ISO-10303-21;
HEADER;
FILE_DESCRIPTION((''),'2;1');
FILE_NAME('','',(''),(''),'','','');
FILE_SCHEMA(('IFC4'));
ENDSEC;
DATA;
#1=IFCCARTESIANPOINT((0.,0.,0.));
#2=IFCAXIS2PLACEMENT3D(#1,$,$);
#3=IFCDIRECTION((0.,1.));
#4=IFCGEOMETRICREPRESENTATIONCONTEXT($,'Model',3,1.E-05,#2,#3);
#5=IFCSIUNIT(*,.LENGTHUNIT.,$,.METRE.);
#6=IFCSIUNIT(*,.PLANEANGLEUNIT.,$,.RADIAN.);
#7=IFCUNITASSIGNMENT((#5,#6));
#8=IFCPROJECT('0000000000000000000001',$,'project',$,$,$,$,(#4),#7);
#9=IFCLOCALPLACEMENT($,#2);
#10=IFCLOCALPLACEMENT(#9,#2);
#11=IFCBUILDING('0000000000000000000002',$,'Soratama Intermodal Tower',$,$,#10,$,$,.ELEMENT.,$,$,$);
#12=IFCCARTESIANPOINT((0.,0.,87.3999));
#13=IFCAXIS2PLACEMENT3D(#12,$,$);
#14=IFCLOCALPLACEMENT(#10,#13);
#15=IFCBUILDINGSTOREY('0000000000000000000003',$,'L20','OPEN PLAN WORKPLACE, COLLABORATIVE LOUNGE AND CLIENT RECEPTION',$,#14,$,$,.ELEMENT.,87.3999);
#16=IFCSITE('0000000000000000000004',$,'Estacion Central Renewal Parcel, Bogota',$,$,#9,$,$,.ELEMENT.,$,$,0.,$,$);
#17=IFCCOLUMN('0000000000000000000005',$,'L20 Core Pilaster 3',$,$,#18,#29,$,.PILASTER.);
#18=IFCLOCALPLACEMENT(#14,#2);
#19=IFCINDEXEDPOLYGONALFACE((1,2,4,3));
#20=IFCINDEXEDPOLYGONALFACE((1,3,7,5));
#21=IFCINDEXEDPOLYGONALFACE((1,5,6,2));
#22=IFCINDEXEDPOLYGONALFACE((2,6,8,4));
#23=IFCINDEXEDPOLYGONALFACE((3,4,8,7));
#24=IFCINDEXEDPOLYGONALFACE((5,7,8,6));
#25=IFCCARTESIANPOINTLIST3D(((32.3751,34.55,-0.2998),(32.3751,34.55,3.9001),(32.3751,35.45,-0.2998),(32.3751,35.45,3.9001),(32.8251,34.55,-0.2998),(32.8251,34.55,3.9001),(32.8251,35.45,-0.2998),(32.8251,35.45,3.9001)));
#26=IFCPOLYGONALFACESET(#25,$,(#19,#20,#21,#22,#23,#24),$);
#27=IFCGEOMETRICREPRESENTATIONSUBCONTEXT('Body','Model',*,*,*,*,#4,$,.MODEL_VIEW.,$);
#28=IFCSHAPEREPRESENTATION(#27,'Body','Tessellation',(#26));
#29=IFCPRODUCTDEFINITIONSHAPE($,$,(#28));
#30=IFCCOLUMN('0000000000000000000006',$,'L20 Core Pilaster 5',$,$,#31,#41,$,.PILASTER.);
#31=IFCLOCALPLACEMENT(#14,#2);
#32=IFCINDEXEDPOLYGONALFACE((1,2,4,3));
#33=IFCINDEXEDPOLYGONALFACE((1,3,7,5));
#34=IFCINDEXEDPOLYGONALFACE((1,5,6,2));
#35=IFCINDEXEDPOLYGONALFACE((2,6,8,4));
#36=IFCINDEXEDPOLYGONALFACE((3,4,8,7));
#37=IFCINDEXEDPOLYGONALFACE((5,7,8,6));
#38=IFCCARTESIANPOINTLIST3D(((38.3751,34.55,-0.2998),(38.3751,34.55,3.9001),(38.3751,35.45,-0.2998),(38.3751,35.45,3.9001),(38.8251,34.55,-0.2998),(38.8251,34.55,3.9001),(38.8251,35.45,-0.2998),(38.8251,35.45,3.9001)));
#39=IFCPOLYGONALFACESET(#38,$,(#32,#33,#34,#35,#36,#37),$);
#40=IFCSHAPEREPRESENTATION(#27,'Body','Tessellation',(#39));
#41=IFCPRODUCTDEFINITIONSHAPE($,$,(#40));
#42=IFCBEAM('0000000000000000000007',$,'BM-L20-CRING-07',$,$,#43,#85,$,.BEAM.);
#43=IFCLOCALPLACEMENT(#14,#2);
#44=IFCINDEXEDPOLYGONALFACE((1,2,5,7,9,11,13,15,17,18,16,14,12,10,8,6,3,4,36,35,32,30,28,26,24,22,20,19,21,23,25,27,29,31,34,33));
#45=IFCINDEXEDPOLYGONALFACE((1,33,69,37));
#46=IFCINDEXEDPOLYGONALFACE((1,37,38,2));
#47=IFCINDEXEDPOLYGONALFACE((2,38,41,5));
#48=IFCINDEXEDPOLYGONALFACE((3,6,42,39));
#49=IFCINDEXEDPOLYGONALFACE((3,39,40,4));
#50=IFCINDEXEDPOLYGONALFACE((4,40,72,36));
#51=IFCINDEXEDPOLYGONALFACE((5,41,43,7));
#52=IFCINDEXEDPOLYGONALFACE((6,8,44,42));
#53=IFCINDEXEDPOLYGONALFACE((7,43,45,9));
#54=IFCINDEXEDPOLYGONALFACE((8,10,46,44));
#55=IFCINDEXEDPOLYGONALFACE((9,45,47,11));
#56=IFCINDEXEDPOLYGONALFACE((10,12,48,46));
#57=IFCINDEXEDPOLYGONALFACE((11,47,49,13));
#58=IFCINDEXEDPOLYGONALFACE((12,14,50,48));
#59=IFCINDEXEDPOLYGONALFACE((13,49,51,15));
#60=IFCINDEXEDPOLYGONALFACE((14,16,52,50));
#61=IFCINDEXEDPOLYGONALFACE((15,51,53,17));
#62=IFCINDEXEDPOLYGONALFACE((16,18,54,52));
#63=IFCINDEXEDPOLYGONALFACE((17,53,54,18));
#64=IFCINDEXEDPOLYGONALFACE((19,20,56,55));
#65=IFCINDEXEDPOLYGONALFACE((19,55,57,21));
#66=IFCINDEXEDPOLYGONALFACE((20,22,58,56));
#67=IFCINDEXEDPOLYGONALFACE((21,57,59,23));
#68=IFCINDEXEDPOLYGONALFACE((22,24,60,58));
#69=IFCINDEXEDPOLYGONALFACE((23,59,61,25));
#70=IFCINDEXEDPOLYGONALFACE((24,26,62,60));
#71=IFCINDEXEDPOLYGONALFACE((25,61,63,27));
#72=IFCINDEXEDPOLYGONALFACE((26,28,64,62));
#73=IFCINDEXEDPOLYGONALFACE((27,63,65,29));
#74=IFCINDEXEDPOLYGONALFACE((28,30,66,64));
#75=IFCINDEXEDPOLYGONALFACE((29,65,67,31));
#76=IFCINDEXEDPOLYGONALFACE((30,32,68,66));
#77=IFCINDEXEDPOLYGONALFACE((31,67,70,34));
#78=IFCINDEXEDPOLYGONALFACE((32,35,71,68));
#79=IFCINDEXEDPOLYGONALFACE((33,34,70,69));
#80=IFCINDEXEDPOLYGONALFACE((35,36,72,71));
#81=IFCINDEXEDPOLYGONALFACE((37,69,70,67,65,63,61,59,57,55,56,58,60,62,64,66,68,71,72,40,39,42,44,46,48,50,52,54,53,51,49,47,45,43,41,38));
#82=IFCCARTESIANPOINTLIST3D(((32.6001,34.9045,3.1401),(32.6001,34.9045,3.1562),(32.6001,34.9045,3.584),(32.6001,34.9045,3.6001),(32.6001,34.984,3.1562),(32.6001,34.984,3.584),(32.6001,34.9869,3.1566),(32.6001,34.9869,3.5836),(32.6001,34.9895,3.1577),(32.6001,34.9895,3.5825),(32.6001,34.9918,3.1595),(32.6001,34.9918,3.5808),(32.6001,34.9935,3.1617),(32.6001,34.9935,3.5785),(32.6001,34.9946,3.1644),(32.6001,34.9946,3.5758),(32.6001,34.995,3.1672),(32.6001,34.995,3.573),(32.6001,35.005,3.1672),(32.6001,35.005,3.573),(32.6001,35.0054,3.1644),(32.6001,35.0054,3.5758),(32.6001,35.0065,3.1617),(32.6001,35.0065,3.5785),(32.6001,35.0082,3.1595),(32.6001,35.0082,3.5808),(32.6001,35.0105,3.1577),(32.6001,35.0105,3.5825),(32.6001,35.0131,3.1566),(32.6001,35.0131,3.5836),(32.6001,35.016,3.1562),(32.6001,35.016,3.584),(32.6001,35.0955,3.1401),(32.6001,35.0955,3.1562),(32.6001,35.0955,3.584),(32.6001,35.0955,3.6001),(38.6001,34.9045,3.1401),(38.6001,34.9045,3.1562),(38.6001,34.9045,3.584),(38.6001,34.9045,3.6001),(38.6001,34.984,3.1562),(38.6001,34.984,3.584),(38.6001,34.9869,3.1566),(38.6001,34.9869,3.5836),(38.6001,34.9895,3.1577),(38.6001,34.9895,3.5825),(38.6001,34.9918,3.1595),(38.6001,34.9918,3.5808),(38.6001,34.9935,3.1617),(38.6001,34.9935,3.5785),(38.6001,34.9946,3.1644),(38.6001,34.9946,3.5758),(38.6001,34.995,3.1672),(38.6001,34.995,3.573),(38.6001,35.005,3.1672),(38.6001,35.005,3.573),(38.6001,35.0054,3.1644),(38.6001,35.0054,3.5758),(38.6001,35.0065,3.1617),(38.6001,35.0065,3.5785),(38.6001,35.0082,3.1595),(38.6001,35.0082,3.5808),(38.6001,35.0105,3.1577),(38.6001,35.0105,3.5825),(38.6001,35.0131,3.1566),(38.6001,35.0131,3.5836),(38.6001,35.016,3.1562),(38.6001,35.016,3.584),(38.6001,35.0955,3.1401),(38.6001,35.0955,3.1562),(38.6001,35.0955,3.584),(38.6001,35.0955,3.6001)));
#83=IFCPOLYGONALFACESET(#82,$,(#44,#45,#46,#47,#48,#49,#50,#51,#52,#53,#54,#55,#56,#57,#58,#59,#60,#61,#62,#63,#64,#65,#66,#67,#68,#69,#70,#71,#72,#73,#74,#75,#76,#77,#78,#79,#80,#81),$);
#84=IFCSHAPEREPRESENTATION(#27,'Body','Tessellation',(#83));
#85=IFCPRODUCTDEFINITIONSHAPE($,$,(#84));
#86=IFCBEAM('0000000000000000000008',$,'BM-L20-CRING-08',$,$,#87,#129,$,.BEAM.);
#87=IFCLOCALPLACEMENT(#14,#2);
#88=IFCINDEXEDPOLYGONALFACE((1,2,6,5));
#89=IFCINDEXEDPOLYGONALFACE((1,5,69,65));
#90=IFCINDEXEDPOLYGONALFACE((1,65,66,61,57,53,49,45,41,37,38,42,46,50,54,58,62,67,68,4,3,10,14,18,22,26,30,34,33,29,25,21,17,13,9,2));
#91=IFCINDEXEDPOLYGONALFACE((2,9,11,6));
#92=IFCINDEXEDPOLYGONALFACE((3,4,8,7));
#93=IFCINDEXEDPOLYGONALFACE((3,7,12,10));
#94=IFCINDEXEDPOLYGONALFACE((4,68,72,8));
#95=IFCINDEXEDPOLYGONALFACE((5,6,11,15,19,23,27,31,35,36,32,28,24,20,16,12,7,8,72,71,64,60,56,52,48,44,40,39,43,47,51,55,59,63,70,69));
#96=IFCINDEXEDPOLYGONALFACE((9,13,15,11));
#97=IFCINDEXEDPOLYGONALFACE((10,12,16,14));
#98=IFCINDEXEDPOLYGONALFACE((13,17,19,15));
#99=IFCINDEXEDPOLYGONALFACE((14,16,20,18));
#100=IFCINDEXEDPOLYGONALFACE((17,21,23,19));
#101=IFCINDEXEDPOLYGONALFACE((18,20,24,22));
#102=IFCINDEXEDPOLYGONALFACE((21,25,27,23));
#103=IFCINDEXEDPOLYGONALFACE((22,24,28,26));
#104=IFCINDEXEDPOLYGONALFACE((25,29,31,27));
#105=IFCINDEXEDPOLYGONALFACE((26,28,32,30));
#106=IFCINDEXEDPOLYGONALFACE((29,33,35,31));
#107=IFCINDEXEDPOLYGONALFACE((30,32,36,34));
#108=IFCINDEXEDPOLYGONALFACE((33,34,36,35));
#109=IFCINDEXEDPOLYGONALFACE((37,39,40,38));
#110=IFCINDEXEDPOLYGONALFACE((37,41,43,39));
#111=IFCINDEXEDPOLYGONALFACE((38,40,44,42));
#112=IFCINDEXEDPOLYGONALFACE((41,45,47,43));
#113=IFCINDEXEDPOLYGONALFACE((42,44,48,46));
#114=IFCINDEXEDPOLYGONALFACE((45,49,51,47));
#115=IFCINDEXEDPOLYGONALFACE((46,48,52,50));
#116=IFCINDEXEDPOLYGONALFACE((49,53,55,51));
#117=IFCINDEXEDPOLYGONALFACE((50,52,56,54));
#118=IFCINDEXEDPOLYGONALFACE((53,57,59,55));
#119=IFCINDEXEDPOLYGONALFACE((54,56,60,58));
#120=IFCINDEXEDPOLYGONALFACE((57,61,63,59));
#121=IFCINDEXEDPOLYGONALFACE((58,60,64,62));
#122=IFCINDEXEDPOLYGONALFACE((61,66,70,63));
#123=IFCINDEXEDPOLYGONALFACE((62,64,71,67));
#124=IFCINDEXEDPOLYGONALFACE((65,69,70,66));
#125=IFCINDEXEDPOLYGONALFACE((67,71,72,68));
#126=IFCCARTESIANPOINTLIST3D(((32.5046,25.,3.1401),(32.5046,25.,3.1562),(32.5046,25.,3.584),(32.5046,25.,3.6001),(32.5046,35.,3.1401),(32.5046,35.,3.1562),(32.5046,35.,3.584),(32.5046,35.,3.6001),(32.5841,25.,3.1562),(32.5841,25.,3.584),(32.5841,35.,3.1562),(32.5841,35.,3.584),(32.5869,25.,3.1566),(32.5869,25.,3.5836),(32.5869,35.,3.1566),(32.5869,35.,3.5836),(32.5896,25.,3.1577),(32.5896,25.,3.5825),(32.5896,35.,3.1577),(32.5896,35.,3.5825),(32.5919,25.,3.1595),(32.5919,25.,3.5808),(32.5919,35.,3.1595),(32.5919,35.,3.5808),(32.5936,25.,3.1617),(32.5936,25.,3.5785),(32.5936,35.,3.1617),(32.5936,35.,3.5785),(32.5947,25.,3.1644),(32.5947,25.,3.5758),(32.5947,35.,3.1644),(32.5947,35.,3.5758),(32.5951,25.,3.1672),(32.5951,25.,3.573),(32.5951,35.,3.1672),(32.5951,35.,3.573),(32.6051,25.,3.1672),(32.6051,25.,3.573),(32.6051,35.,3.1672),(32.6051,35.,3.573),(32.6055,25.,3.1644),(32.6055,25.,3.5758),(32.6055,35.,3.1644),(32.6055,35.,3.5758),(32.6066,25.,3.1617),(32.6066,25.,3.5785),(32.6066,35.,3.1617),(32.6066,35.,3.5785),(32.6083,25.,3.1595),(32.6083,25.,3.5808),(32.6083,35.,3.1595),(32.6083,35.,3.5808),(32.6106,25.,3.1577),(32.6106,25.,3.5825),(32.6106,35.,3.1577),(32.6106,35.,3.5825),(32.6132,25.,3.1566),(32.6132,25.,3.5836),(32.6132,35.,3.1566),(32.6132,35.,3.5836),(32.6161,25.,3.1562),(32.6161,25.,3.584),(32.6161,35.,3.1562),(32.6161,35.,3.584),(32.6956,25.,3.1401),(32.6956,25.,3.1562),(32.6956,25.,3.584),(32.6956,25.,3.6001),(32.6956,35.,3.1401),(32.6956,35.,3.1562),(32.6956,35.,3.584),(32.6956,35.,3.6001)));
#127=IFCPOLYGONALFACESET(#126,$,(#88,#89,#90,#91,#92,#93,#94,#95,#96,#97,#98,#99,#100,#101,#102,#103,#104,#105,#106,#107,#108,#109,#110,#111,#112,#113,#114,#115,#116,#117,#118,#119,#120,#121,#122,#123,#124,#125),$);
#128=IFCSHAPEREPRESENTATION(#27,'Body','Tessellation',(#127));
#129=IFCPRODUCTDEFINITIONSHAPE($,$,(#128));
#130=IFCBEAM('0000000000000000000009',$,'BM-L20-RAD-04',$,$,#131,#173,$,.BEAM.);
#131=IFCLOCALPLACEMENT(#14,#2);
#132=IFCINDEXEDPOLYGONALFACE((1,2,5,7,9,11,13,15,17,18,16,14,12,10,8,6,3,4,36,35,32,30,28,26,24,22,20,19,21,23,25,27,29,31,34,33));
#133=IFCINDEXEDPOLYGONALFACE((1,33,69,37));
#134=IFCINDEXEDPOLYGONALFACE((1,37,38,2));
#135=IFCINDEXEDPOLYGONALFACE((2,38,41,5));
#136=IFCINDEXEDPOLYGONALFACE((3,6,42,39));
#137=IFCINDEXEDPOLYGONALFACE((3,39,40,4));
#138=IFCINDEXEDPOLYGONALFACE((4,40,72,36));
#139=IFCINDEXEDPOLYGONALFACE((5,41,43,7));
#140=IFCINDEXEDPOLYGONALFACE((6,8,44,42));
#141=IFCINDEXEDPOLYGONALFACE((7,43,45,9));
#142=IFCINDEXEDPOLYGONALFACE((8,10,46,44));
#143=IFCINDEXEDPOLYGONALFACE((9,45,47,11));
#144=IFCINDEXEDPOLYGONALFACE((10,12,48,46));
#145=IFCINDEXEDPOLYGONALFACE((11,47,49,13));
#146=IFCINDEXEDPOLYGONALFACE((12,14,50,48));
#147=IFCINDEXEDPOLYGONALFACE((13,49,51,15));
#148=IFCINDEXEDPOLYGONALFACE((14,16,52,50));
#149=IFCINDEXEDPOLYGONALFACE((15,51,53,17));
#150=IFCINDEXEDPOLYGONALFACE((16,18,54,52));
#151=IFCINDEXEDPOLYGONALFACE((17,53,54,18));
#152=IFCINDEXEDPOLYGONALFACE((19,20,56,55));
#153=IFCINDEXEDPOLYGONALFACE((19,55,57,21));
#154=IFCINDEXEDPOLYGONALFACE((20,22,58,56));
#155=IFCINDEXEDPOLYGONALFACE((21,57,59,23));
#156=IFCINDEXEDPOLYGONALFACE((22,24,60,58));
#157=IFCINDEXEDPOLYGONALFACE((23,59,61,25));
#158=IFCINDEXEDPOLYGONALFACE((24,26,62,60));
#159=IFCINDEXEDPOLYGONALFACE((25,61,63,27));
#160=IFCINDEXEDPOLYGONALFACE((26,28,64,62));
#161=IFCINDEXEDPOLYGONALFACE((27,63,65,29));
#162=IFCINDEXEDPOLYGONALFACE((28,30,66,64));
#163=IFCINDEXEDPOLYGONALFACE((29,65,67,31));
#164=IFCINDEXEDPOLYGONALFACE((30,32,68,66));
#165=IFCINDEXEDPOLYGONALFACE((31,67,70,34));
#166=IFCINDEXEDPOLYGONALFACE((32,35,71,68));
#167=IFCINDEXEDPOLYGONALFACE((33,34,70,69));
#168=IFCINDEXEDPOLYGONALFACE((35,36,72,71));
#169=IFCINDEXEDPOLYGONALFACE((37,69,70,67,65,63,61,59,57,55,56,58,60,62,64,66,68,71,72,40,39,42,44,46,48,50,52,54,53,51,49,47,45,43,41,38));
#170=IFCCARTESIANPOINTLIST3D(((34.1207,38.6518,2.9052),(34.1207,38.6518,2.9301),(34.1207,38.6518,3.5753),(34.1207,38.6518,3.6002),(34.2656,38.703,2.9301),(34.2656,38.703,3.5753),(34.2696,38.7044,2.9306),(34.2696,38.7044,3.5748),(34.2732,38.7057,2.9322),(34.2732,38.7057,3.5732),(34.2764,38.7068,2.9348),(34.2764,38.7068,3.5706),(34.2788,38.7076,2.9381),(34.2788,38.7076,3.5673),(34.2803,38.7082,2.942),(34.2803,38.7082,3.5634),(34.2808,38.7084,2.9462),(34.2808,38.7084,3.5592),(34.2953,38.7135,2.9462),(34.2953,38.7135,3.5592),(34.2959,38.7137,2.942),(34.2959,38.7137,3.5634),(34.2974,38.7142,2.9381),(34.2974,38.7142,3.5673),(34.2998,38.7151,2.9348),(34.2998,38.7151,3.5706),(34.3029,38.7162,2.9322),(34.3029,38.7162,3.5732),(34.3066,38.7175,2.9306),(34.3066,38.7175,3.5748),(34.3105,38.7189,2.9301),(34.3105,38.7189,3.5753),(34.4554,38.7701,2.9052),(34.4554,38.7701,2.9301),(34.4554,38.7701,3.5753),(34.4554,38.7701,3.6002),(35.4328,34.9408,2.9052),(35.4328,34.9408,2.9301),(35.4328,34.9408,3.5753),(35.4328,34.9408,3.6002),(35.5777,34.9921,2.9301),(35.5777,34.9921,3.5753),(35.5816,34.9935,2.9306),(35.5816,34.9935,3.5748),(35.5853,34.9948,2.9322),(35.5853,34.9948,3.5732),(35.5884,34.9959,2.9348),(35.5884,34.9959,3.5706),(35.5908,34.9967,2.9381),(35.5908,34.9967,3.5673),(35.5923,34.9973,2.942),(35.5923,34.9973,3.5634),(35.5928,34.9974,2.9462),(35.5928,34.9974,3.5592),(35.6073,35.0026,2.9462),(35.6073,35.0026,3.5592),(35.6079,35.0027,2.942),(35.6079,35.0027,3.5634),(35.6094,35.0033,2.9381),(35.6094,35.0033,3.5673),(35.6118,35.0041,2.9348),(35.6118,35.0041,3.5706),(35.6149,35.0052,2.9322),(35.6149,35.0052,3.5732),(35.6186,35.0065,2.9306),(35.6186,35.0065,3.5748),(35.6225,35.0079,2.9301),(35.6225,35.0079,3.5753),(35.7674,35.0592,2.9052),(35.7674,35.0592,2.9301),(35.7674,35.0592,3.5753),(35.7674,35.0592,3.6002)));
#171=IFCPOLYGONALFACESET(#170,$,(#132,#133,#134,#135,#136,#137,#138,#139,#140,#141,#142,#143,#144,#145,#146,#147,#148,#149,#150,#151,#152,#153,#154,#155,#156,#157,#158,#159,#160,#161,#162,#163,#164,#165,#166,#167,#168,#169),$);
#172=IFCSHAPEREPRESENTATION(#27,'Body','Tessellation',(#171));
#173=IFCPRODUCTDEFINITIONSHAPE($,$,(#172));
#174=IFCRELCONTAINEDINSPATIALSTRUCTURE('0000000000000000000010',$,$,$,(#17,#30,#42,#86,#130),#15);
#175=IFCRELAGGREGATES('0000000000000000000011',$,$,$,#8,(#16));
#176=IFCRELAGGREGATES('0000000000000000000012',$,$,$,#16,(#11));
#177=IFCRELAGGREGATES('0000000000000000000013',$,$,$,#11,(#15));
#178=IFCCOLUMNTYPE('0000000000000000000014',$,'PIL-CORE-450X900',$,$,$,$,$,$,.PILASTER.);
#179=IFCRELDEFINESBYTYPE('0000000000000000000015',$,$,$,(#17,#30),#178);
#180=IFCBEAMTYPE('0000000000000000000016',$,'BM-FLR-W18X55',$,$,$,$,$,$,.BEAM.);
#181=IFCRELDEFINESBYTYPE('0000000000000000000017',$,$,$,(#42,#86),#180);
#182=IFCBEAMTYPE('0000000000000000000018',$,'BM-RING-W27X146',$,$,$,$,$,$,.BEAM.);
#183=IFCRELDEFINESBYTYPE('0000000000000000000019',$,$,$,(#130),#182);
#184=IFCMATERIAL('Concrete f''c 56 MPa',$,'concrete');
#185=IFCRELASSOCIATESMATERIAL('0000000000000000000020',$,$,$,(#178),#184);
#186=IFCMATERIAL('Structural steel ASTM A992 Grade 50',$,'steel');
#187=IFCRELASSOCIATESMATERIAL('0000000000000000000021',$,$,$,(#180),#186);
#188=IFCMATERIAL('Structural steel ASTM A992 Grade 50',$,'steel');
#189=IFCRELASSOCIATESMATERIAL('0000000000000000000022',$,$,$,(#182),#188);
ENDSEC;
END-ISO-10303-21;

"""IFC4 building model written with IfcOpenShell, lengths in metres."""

from ifc_helpers import new_model, si_unit, direction, frame, origin, origin_2d, place, context, subcontext, project, spatial, rectangle, i_section, extrude, material, material_profile, profile_set, type_object, element, save


model = new_model("IFC4")

# Units and contexts
model_context = context("Model", 3, precision=1e-05, world=origin(), true_north=direction((0.0, 1.0)))
body_context = subcontext(model_context, "Body", "Model", "MODEL_VIEW")
ifc_project = project(units=[si_unit("LENGTHUNIT", "METRE"), si_unit("PLANEANGLEUNIT", "RADIAN")], contexts=[model_context])

# Site, building, storey
site_placement = place(None, origin())
site = spatial("IfcSite", under=ifc_project, at=site_placement, Name="Estacion Central Renewal Parcel, Bogota", CompositionType="ELEMENT", RefElevation=0.0)
building_placement = place(site_placement, origin())
building = spatial("IfcBuilding", under=site, at=building_placement, Name="Soratama Intermodal Tower", CompositionType="ELEMENT")
storey_placement = place(building_placement, frame((0.0, 0.0, 87.3999)))
storey = spatial("IfcBuildingStorey", under=building, at=storey_placement, Name="L20", Description="OPEN PLAN WORKPLACE, COLLABORATIVE LOUNGE AND CLIENT RECEPTION", CompositionType="ELEMENT", Elevation=87.3999)

# Columns
ifc_material_1 = material(Name="Concrete f'c 56 MPa", Category="concrete")
ifc_material_profile_1 = material_profile(ifc_material_1, rectangle(XDim=0.45, YDim=0.8999, at=origin_2d()), Name="RC450X900")
ifc_profile_set_1 = profile_set([ifc_material_profile_1], Name="Concrete f'c 56 MPa")
column_type = type_object("IfcColumnType", Name="PIL-CORE-450X900", PredefinedType="PILASTER", material=ifc_profile_set_1)
for number, where, z_axis, x_axis, name in (
    (1, (32.6001, 35.0, -0.2998), (0.0, 0.0, 1.0), (1.0, 0.0, 0.0), "L20 Core Pilaster 3"),
    (2, (38.6001, 35.0, -0.2998), (0.0, 0.0, 1.0), (1.0, 0.0, 0.0), "L20 Core Pilaster 5"),
):
    element("IfcColumn", number, at=place(storey_placement, frame(where, z_axis=z_axis, x_axis=x_axis)), inside=storey, type_object=column_type, Name=name, PredefinedType="PILASTER", context=body_context, shape_type="SweptSolid", body=[
        extrude(rectangle(XDim=0.45, YDim=0.8999, at=origin_2d()), origin(), (0.0, 0.0, 1.0), 4.2),
    ])

# Beams
ifc_material_2 = material(Name="Structural steel ASTM A992 Grade 50", Category="steel")
ifc_material_profile_2 = material_profile(ifc_material_2, i_section(OverallWidth=0.1909, OverallDepth=0.46, WebThickness=0.01, FlangeThickness=0.0161, FilletRadius=0.011, at=origin_2d()), Name="W18X55")
ifc_profile_set_2 = profile_set([ifc_material_profile_2], Name="Structural steel ASTM A992 Grade 50")
beam_type_1 = type_object("IfcBeamType", Name="BM-FLR-W18X55", PredefinedType="BEAM", material=ifc_profile_set_2)
beam_1_placement = place(storey_placement, frame((38.6001, 35.0, 3.3701), z_axis=(-1.0, 0.0, 0.0), x_axis=(0.0, -1.0, 0.0)))
element("IfcBeam", 3, at=beam_1_placement, inside=storey, type_object=beam_type_1, Name="BM-L20-CRING-07", PredefinedType="BEAM", context=body_context, shape_type="SweptSolid", body=[
    extrude(i_section(OverallWidth=0.1909, OverallDepth=0.46, WebThickness=0.01, FlangeThickness=0.0161, FilletRadius=0.011, at=origin_2d()), origin(), (0.0, 0.0, 1.0), 6.0),
])
beam_2_placement = place(storey_placement, frame((32.6001, 35.0, 3.3701), z_axis=(0.0, -1.0, 0.0), x_axis=(1.0, 0.0, 0.0)))
element("IfcBeam", 4, at=beam_2_placement, inside=storey, type_object=beam_type_1, Name="BM-L20-CRING-08", PredefinedType="BEAM", context=body_context, shape_type="SweptSolid", body=[
    extrude(i_section(OverallWidth=0.1909, OverallDepth=0.46, WebThickness=0.01, FlangeThickness=0.0161, FilletRadius=0.011, at=origin_2d()), origin(), (0.0, 0.0, 1.0), 10.0),
])
ifc_material_3 = material(Name="Structural steel ASTM A992 Grade 50", Category="steel")
ifc_material_profile_3 = material_profile(ifc_material_3, i_section(OverallWidth=0.355, OverallDepth=0.6951, WebThickness=0.0154, FlangeThickness=0.0249, FilletRadius=0.0161, at=origin_2d()), Name="W27X146")
ifc_profile_set_3 = profile_set([ifc_material_profile_3], Name="Structural steel ASTM A992 Grade 50")
beam_type_2 = type_object("IfcBeamType", Name="BM-RING-W27X146", PredefinedType="BEAM", material=ifc_profile_set_3)
beam_3_placement = place(storey_placement, frame((35.6001, 35.0, 3.2527), z_axis=(-0.333333, 0.942809, 0.0), x_axis=(-0.942809, -0.333333, 0.0)))
element("IfcBeam", 5, at=beam_3_placement, inside=storey, type_object=beam_type_2, Name="BM-L20-RAD-04", PredefinedType="BEAM", context=body_context, shape_type="SweptSolid", body=[
    extrude(i_section(OverallWidth=0.355, OverallDepth=0.6951, WebThickness=0.0154, FlangeThickness=0.0249, FilletRadius=0.0161, at=origin_2d()), origin(), (0.0, 0.0, 1.0), 3.936),
])

save(model, "model.ifc")
